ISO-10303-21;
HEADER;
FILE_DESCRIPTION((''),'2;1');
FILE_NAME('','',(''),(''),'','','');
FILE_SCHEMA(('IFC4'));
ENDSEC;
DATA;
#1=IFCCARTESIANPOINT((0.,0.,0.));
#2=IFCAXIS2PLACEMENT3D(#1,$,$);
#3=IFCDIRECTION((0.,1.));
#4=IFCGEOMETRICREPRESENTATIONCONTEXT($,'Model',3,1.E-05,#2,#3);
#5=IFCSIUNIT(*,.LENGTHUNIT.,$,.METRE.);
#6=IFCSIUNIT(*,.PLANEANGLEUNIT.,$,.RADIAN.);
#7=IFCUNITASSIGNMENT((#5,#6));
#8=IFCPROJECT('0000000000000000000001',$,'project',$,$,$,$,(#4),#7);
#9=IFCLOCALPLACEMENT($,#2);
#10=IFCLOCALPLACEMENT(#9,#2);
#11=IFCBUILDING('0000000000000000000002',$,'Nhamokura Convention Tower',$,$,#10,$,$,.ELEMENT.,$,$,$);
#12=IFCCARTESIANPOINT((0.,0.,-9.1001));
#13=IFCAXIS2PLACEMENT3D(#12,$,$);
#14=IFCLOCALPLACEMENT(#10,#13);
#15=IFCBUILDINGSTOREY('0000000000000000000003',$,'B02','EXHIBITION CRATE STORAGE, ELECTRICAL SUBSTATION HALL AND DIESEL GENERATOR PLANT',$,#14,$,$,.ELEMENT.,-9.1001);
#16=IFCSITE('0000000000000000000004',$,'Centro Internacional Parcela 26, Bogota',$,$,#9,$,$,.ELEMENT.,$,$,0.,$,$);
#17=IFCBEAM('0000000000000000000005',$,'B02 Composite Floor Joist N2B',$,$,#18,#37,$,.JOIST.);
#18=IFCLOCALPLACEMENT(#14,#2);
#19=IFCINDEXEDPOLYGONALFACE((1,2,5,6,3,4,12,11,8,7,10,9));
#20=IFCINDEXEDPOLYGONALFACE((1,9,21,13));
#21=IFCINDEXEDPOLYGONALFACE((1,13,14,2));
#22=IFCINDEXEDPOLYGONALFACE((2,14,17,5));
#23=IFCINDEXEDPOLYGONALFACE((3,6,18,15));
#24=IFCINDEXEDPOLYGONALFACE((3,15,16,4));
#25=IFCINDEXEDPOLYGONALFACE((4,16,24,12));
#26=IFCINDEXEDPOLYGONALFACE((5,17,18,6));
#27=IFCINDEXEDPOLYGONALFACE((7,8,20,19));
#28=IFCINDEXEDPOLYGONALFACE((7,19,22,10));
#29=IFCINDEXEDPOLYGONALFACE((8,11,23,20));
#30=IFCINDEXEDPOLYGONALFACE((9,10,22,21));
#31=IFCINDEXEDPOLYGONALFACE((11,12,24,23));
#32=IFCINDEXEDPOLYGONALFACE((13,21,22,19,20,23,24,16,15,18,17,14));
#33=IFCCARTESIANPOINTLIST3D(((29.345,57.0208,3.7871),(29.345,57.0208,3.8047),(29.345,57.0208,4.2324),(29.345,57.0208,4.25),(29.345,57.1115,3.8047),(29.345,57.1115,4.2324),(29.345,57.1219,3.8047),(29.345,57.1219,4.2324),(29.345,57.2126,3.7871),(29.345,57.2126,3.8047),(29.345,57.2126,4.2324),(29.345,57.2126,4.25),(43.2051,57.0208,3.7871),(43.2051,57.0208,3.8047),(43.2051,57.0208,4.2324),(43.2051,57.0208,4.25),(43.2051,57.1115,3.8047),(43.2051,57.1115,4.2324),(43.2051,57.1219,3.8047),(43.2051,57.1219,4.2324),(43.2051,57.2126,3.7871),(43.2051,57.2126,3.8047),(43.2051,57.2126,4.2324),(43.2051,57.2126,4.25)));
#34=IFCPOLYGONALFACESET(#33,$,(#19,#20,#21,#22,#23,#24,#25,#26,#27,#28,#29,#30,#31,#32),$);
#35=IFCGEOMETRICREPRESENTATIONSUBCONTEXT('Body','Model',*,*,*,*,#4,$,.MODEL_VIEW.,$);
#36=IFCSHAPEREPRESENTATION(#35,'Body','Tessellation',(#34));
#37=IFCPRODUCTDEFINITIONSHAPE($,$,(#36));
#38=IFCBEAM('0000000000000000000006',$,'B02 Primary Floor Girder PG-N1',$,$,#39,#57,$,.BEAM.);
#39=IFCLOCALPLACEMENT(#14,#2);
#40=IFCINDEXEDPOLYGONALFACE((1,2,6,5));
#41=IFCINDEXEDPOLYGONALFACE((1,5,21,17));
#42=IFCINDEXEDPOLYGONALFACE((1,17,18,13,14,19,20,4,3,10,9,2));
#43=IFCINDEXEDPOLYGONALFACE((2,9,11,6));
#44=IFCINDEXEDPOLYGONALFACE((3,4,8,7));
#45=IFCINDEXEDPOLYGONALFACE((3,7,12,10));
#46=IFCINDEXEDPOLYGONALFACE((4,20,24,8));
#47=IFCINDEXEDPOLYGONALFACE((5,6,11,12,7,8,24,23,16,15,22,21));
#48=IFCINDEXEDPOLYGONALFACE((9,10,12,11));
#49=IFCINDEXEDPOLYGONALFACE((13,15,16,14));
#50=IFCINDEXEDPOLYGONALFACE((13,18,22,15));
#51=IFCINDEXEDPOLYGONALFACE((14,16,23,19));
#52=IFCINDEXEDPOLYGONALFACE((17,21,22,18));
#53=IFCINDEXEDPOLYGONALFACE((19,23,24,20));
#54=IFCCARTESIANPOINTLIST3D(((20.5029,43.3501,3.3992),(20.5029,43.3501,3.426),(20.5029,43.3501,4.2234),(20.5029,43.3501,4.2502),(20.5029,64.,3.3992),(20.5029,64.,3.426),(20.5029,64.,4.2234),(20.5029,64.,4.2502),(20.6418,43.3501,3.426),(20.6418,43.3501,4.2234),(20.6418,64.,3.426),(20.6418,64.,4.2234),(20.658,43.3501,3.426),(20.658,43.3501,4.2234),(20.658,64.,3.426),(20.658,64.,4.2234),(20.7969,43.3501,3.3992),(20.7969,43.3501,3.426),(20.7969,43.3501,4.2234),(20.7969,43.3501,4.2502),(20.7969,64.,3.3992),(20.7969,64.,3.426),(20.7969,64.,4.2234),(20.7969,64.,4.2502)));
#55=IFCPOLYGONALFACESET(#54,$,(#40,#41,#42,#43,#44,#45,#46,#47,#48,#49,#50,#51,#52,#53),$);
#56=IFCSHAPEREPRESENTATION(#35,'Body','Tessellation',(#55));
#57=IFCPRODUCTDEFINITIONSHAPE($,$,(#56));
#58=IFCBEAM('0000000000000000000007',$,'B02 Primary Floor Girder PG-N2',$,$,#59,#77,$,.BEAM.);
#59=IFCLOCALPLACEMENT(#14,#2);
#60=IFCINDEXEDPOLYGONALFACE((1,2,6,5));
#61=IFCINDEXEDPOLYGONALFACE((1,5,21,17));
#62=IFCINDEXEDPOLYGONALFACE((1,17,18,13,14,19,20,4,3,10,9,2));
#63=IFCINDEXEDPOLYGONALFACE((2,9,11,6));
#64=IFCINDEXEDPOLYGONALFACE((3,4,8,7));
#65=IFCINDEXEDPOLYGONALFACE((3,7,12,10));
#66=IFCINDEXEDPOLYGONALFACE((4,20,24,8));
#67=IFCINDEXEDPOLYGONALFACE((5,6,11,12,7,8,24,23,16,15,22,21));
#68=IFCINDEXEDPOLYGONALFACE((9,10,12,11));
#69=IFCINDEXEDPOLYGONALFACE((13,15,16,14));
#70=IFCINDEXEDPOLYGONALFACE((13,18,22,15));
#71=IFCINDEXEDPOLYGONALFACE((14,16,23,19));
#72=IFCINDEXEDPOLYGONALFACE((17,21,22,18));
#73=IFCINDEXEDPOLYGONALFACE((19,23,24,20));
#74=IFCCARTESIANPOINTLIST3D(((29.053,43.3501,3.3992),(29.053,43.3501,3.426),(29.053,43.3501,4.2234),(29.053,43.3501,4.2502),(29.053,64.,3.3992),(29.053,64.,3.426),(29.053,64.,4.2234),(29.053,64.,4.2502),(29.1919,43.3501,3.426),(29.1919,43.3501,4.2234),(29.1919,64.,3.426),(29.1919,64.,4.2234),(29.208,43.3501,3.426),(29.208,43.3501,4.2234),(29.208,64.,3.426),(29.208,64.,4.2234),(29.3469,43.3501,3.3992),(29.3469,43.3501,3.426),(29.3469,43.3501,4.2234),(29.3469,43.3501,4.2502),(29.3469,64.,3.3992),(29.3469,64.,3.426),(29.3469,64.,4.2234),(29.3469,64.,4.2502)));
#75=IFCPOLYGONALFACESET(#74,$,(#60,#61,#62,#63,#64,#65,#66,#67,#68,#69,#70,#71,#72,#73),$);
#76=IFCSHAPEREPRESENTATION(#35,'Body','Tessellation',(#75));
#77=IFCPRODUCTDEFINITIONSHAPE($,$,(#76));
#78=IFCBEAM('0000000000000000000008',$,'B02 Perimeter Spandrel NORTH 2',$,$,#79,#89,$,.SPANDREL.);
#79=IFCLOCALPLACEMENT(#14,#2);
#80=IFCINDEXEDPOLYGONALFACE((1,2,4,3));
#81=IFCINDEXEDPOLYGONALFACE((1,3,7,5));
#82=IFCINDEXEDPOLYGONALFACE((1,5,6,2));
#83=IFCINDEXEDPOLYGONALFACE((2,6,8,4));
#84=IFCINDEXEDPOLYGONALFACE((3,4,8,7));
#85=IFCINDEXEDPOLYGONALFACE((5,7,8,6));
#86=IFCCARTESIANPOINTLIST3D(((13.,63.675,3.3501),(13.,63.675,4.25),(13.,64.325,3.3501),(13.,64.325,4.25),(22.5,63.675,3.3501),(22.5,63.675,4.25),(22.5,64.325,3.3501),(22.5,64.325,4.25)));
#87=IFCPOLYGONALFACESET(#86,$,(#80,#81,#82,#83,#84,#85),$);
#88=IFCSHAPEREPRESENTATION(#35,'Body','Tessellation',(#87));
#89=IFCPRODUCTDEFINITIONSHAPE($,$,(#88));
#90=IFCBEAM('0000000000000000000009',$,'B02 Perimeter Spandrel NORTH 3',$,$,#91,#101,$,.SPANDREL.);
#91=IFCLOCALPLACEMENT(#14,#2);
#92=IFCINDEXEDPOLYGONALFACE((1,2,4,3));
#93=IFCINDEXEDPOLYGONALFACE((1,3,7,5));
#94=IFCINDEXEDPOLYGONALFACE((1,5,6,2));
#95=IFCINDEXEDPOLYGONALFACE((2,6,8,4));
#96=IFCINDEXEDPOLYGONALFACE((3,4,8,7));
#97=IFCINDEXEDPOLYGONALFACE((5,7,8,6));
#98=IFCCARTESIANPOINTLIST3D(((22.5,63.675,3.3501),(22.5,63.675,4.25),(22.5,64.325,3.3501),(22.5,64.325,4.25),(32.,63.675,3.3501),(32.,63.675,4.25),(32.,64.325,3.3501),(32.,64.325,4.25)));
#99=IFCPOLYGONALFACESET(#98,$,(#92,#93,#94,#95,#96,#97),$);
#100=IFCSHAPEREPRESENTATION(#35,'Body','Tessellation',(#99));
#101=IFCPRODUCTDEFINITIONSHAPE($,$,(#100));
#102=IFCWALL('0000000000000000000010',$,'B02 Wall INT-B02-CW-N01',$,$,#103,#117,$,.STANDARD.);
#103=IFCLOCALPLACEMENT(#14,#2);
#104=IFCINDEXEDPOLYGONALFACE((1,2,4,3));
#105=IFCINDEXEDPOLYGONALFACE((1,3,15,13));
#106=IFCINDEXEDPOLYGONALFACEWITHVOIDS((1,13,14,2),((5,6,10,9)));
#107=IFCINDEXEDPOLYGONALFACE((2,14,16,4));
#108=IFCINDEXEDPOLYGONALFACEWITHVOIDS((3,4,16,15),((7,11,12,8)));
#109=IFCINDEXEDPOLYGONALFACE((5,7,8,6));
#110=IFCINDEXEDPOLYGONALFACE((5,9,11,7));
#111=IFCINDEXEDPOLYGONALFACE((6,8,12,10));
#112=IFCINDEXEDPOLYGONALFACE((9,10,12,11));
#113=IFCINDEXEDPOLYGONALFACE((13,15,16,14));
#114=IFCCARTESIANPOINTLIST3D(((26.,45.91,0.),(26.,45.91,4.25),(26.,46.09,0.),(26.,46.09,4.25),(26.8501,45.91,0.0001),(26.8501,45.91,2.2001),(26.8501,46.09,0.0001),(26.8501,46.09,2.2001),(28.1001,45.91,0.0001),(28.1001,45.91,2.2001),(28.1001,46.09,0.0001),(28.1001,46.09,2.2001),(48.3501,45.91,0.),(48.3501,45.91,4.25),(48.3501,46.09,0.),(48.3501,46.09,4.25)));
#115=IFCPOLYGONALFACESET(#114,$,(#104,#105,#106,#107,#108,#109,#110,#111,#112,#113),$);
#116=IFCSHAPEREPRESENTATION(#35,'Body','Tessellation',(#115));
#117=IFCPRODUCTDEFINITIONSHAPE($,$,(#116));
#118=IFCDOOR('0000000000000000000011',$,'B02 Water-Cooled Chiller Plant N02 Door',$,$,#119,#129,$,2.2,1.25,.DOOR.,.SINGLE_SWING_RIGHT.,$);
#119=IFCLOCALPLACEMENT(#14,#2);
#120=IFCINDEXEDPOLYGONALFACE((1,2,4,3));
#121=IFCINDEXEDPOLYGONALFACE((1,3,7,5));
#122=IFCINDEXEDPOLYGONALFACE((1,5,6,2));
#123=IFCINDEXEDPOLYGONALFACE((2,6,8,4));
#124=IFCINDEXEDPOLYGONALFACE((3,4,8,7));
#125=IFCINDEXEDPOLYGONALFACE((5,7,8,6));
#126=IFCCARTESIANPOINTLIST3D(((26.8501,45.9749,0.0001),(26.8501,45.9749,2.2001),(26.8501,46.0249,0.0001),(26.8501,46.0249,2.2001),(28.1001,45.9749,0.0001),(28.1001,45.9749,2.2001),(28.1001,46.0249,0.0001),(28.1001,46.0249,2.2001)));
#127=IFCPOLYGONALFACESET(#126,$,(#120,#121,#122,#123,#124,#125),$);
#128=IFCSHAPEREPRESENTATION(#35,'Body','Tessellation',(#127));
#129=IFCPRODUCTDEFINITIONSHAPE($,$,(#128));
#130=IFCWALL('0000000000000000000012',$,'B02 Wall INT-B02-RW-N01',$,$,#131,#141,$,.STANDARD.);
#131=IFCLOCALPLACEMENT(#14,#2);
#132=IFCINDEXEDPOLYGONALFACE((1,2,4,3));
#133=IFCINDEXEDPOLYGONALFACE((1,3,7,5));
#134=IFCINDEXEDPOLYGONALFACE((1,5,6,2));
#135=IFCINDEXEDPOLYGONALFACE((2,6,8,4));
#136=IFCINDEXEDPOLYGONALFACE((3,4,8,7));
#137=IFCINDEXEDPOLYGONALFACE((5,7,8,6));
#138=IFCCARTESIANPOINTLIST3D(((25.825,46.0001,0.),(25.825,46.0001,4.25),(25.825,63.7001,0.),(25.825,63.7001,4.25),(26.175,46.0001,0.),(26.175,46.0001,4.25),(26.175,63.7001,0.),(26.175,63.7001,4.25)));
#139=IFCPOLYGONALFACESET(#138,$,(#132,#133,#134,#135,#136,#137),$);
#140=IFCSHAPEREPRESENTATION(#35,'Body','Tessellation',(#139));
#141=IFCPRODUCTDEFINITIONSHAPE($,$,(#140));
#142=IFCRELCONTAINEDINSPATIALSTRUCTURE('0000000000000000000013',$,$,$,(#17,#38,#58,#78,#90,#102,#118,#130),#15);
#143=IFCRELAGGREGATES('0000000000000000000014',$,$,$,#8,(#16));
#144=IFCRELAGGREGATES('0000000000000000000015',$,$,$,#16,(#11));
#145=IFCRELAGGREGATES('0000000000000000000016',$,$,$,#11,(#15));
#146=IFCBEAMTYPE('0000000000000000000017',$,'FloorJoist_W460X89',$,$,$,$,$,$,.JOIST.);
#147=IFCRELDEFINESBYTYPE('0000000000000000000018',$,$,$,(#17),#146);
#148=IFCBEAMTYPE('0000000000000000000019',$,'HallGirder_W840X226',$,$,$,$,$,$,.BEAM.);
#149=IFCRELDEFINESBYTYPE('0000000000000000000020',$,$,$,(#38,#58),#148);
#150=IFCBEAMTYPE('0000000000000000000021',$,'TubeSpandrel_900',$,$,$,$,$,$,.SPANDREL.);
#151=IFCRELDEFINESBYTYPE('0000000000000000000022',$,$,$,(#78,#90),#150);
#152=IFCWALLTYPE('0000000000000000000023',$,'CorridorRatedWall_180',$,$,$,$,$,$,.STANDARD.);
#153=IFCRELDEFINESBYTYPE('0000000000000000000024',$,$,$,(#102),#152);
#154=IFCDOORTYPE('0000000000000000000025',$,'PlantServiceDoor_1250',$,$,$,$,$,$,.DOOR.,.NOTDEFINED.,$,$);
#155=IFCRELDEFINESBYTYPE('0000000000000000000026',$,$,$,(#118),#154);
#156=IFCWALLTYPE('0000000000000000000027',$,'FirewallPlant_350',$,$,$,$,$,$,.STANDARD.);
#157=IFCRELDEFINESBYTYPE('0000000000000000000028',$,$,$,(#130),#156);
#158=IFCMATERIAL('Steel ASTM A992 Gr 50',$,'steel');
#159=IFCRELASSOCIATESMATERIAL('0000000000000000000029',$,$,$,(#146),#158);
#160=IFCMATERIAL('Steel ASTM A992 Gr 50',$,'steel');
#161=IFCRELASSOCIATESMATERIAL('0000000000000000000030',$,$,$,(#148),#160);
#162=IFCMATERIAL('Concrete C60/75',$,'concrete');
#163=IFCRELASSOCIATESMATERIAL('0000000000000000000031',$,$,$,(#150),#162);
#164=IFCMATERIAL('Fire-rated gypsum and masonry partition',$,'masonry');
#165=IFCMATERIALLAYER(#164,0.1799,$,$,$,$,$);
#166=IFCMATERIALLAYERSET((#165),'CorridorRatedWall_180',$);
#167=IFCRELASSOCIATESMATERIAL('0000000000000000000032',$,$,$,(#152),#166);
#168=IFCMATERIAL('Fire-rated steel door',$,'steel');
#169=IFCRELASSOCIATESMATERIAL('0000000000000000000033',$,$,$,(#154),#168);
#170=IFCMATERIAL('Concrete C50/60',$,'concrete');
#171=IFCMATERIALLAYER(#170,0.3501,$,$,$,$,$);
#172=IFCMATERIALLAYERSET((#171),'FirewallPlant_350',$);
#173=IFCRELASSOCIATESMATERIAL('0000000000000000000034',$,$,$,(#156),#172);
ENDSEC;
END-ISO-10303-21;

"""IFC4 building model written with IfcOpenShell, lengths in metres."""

from ifc_helpers import new_model, si_unit, direction, frame, frame_2d, origin, origin_2d, place, context, subcontext, project, spatial, rectangle, i_section, extrude, material, layer, layer_set, material_profile, profile_set, type_object, element, fill, save


model = new_model("IFC4")

# Units and contexts
model_context = context("Model", 3, precision=1e-05, world=origin(), true_north=direction((0.0, 1.0)))
body_context = subcontext(model_context, "Body", "Model", "MODEL_VIEW")
ifc_project = project(units=[si_unit("LENGTHUNIT", "METRE"), si_unit("PLANEANGLEUNIT", "RADIAN")], contexts=[model_context])

# Site, building, storey
site_placement = place(None, origin())
site = spatial("IfcSite", under=ifc_project, at=site_placement, Name="Centro Internacional Parcela 26, Bogota", CompositionType="ELEMENT", RefElevation=0.0)
building_placement = place(site_placement, origin())
building = spatial("IfcBuilding", under=site, at=building_placement, Name="Nhamokura Convention Tower", CompositionType="ELEMENT")
storey_placement = place(building_placement, frame((0.0, 0.0, -9.1001)))
storey = spatial("IfcBuildingStorey", under=building, at=storey_placement, Name="B02", Description="EXHIBITION CRATE STORAGE, ELECTRICAL SUBSTATION HALL AND DIESEL GENERATOR PLANT", CompositionType="ELEMENT", Elevation=-9.1001)

# Beams
ifc_material_1 = material(Name="Steel ASTM A992 Gr 50", Category="steel")
ifc_material_profile_1 = material_profile(ifc_material_1, i_section(OverallWidth=0.1919, OverallDepth=0.4629, WebThickness=0.0105, FlangeThickness=0.0176, at=origin_2d()))
ifc_profile_set_1 = profile_set([ifc_material_profile_1], Name="Steel ASTM A992 Gr 50")
beam_type_1 = type_object("IfcBeamType", Name="FloorJoist_W460X89", PredefinedType="JOIST", material=ifc_profile_set_1)
beam_1_placement = place(storey_placement, frame((29.345, 57.1167, 4.0186), z_axis=(1.0, 0.0, 0.0), x_axis=(0.0, 1.0, 0.0)))
element("IfcBeam", 1, at=beam_1_placement, inside=storey, type_object=beam_type_1, Name="B02 Composite Floor Joist N2B", PredefinedType="JOIST", context=body_context, shape_type="SweptSolid", body=[
    extrude(i_section(OverallWidth=0.1919, OverallDepth=0.4629, WebThickness=0.0105, FlangeThickness=0.0176, at=origin_2d()), origin(), (0.0, 0.0, 1.0), 13.8601),
])
ifc_material_2 = material(Name="Steel ASTM A992 Gr 50", Category="steel")
ifc_material_profile_2 = material_profile(ifc_material_2, i_section(OverallWidth=0.2939, OverallDepth=0.8511, WebThickness=0.0161, FlangeThickness=0.0269, at=origin_2d()))
ifc_profile_set_2 = profile_set([ifc_material_profile_2], Name="Steel ASTM A992 Gr 50")
beam_type_2 = type_object("IfcBeamType", Name="HallGirder_W840X226", PredefinedType="BEAM", material=ifc_profile_set_2)
for number, where, z_axis, x_axis, name in (
    (2, (20.6499, 43.3501, 3.8247), (0.0, 1.0, 0.0), (-1.0, 0.0, 0.0), "B02 Primary Floor Girder PG-N1"),
    (3, (29.2, 43.3501, 3.8247), (0.0, 1.0, 0.0), (-1.0, 0.0, 0.0), "B02 Primary Floor Girder PG-N2"),
):
    element("IfcBeam", number, at=place(storey_placement, frame(where, z_axis=z_axis, x_axis=x_axis)), inside=storey, type_object=beam_type_2, Name=name, PredefinedType="BEAM", context=body_context, shape_type="SweptSolid", body=[
        extrude(i_section(OverallWidth=0.2939, OverallDepth=0.8511, WebThickness=0.0161, FlangeThickness=0.0269, at=origin_2d()), origin(), (0.0, 0.0, 1.0), 20.6499),
    ])
ifc_material_3 = material(Name="Concrete C60/75", Category="concrete")
ifc_material_profile_3 = material_profile(ifc_material_3, rectangle(XDim=0.6499, YDim=0.8999, at=origin_2d()))
ifc_profile_set_3 = profile_set([ifc_material_profile_3], Name="Concrete C60/75")
beam_type_3 = type_object("IfcBeamType", Name="TubeSpandrel_900", PredefinedType="SPANDREL", material=ifc_profile_set_3)
for number, where, z_axis, x_axis, name in (
    (4, (13.0, 64.0, 3.8), (1.0, 0.0, 0.0), (0.0, 1.0, 0.0), "B02 Perimeter Spandrel NORTH 2"),
    (5, (22.5, 64.0, 3.8), (1.0, 0.0, 0.0), (0.0, 1.0, 0.0), "B02 Perimeter Spandrel NORTH 3"),
):
    element("IfcBeam", number, at=place(storey_placement, frame(where, z_axis=z_axis, x_axis=x_axis)), inside=storey, type_object=beam_type_3, Name=name, PredefinedType="SPANDREL", context=body_context, shape_type="SweptSolid", body=[
        extrude(rectangle(XDim=0.6499, YDim=0.8999, at=origin_2d()), origin(), (0.0, 0.0, 1.0), 9.5),
    ])

# Wall, opening, door
ifc_material_4 = material(Name="Fire-rated gypsum and masonry partition", Category="masonry")
ifc_layer_1 = layer(ifc_material_4, 0.1799)
ifc_layer_set_1 = layer_set([ifc_layer_1], Name="CorridorRatedWall_180")
wall_type_1 = type_object("IfcWallType", Name="CorridorRatedWall_180", PredefinedType="STANDARD", material=ifc_layer_set_1)
wall_1_placement = place(storey_placement, frame((26.0, 46.0, 0.0), z_axis=(0.0, 0.0, 1.0), x_axis=(1.0, 0.0, 0.0)))
wall_1 = element("IfcWall", 6, at=wall_1_placement, inside=storey, type_object=wall_type_1, Name="B02 Wall INT-B02-CW-N01", PredefinedType="STANDARD", context=body_context, shape_type="SweptSolid", body=[
    extrude(rectangle(XDim=22.3501, YDim=0.1799, at=frame_2d((11.175, 0.0))), origin(), (0.0, 0.0, 1.0), 4.25),
])
opening_placement = place(wall_1_placement, frame((0.8501, 0.0, 0.0)))
opening = element("IfcOpeningElement", 7, at=opening_placement, cuts=wall_1, PredefinedType="OPENING", context=body_context, shape_type="SweptSolid", body=[
    extrude(rectangle(XDim=1.25, YDim=2.2, at=frame_2d((0.625, 1.1001))), frame((0.0, 0.0999, 0.0), z_axis=(0.0, -1.0, 0.0), x_axis=(1.0, 0.0, 0.0)), (0.0, 0.0, 1.0), 0.2),
])
ifc_material_5 = material(Name="Fire-rated steel door", Category="steel")
door_type = type_object("IfcDoorType", Name="PlantServiceDoor_1250", OperationType="NOTDEFINED", PredefinedType="DOOR", material=ifc_material_5)
door_placement = place(opening_placement, origin())
door = element("IfcDoor", 8, at=door_placement, inside=storey, type_object=door_type, Name="B02 Water-Cooled Chiller Plant N02 Door", OperationType="SINGLE_SWING_RIGHT", OverallHeight=2.2, OverallWidth=1.25, PredefinedType="DOOR", context=body_context, shape_type="SweptSolid", body=[
    extrude(rectangle(XDim=1.25, YDim=2.2, at=frame_2d((0.625, 1.1001))), frame((0.0, 0.0249, 0.0), z_axis=(0.0, -1.0, 0.0), x_axis=(1.0, 0.0, 0.0)), (0.0, 0.0, 1.0), 0.05),
])
fill(opening, door)

# Wall
ifc_material_6 = material(Name="Concrete C50/60", Category="concrete")
ifc_layer_2 = layer(ifc_material_6, 0.3501)
ifc_layer_set_2 = layer_set([ifc_layer_2], Name="FirewallPlant_350")
wall_type_2 = type_object("IfcWallType", Name="FirewallPlant_350", PredefinedType="STANDARD", material=ifc_layer_set_2)
wall_2_placement = place(storey_placement, frame((26.0, 46.0, 0.0), z_axis=(0.0, 0.0, 1.0), x_axis=(0.0, 1.0, 0.0)))
element("IfcWall", 9, at=wall_2_placement, inside=storey, type_object=wall_type_2, Name="B02 Wall INT-B02-RW-N01", PredefinedType="STANDARD", context=body_context, shape_type="SweptSolid", body=[
    extrude(rectangle(XDim=17.7, YDim=0.3501, at=frame_2d((8.8501, 0.0))), origin(), (0.0, 0.0, 1.0), 4.25),
])

save(model, "model.ifc")
